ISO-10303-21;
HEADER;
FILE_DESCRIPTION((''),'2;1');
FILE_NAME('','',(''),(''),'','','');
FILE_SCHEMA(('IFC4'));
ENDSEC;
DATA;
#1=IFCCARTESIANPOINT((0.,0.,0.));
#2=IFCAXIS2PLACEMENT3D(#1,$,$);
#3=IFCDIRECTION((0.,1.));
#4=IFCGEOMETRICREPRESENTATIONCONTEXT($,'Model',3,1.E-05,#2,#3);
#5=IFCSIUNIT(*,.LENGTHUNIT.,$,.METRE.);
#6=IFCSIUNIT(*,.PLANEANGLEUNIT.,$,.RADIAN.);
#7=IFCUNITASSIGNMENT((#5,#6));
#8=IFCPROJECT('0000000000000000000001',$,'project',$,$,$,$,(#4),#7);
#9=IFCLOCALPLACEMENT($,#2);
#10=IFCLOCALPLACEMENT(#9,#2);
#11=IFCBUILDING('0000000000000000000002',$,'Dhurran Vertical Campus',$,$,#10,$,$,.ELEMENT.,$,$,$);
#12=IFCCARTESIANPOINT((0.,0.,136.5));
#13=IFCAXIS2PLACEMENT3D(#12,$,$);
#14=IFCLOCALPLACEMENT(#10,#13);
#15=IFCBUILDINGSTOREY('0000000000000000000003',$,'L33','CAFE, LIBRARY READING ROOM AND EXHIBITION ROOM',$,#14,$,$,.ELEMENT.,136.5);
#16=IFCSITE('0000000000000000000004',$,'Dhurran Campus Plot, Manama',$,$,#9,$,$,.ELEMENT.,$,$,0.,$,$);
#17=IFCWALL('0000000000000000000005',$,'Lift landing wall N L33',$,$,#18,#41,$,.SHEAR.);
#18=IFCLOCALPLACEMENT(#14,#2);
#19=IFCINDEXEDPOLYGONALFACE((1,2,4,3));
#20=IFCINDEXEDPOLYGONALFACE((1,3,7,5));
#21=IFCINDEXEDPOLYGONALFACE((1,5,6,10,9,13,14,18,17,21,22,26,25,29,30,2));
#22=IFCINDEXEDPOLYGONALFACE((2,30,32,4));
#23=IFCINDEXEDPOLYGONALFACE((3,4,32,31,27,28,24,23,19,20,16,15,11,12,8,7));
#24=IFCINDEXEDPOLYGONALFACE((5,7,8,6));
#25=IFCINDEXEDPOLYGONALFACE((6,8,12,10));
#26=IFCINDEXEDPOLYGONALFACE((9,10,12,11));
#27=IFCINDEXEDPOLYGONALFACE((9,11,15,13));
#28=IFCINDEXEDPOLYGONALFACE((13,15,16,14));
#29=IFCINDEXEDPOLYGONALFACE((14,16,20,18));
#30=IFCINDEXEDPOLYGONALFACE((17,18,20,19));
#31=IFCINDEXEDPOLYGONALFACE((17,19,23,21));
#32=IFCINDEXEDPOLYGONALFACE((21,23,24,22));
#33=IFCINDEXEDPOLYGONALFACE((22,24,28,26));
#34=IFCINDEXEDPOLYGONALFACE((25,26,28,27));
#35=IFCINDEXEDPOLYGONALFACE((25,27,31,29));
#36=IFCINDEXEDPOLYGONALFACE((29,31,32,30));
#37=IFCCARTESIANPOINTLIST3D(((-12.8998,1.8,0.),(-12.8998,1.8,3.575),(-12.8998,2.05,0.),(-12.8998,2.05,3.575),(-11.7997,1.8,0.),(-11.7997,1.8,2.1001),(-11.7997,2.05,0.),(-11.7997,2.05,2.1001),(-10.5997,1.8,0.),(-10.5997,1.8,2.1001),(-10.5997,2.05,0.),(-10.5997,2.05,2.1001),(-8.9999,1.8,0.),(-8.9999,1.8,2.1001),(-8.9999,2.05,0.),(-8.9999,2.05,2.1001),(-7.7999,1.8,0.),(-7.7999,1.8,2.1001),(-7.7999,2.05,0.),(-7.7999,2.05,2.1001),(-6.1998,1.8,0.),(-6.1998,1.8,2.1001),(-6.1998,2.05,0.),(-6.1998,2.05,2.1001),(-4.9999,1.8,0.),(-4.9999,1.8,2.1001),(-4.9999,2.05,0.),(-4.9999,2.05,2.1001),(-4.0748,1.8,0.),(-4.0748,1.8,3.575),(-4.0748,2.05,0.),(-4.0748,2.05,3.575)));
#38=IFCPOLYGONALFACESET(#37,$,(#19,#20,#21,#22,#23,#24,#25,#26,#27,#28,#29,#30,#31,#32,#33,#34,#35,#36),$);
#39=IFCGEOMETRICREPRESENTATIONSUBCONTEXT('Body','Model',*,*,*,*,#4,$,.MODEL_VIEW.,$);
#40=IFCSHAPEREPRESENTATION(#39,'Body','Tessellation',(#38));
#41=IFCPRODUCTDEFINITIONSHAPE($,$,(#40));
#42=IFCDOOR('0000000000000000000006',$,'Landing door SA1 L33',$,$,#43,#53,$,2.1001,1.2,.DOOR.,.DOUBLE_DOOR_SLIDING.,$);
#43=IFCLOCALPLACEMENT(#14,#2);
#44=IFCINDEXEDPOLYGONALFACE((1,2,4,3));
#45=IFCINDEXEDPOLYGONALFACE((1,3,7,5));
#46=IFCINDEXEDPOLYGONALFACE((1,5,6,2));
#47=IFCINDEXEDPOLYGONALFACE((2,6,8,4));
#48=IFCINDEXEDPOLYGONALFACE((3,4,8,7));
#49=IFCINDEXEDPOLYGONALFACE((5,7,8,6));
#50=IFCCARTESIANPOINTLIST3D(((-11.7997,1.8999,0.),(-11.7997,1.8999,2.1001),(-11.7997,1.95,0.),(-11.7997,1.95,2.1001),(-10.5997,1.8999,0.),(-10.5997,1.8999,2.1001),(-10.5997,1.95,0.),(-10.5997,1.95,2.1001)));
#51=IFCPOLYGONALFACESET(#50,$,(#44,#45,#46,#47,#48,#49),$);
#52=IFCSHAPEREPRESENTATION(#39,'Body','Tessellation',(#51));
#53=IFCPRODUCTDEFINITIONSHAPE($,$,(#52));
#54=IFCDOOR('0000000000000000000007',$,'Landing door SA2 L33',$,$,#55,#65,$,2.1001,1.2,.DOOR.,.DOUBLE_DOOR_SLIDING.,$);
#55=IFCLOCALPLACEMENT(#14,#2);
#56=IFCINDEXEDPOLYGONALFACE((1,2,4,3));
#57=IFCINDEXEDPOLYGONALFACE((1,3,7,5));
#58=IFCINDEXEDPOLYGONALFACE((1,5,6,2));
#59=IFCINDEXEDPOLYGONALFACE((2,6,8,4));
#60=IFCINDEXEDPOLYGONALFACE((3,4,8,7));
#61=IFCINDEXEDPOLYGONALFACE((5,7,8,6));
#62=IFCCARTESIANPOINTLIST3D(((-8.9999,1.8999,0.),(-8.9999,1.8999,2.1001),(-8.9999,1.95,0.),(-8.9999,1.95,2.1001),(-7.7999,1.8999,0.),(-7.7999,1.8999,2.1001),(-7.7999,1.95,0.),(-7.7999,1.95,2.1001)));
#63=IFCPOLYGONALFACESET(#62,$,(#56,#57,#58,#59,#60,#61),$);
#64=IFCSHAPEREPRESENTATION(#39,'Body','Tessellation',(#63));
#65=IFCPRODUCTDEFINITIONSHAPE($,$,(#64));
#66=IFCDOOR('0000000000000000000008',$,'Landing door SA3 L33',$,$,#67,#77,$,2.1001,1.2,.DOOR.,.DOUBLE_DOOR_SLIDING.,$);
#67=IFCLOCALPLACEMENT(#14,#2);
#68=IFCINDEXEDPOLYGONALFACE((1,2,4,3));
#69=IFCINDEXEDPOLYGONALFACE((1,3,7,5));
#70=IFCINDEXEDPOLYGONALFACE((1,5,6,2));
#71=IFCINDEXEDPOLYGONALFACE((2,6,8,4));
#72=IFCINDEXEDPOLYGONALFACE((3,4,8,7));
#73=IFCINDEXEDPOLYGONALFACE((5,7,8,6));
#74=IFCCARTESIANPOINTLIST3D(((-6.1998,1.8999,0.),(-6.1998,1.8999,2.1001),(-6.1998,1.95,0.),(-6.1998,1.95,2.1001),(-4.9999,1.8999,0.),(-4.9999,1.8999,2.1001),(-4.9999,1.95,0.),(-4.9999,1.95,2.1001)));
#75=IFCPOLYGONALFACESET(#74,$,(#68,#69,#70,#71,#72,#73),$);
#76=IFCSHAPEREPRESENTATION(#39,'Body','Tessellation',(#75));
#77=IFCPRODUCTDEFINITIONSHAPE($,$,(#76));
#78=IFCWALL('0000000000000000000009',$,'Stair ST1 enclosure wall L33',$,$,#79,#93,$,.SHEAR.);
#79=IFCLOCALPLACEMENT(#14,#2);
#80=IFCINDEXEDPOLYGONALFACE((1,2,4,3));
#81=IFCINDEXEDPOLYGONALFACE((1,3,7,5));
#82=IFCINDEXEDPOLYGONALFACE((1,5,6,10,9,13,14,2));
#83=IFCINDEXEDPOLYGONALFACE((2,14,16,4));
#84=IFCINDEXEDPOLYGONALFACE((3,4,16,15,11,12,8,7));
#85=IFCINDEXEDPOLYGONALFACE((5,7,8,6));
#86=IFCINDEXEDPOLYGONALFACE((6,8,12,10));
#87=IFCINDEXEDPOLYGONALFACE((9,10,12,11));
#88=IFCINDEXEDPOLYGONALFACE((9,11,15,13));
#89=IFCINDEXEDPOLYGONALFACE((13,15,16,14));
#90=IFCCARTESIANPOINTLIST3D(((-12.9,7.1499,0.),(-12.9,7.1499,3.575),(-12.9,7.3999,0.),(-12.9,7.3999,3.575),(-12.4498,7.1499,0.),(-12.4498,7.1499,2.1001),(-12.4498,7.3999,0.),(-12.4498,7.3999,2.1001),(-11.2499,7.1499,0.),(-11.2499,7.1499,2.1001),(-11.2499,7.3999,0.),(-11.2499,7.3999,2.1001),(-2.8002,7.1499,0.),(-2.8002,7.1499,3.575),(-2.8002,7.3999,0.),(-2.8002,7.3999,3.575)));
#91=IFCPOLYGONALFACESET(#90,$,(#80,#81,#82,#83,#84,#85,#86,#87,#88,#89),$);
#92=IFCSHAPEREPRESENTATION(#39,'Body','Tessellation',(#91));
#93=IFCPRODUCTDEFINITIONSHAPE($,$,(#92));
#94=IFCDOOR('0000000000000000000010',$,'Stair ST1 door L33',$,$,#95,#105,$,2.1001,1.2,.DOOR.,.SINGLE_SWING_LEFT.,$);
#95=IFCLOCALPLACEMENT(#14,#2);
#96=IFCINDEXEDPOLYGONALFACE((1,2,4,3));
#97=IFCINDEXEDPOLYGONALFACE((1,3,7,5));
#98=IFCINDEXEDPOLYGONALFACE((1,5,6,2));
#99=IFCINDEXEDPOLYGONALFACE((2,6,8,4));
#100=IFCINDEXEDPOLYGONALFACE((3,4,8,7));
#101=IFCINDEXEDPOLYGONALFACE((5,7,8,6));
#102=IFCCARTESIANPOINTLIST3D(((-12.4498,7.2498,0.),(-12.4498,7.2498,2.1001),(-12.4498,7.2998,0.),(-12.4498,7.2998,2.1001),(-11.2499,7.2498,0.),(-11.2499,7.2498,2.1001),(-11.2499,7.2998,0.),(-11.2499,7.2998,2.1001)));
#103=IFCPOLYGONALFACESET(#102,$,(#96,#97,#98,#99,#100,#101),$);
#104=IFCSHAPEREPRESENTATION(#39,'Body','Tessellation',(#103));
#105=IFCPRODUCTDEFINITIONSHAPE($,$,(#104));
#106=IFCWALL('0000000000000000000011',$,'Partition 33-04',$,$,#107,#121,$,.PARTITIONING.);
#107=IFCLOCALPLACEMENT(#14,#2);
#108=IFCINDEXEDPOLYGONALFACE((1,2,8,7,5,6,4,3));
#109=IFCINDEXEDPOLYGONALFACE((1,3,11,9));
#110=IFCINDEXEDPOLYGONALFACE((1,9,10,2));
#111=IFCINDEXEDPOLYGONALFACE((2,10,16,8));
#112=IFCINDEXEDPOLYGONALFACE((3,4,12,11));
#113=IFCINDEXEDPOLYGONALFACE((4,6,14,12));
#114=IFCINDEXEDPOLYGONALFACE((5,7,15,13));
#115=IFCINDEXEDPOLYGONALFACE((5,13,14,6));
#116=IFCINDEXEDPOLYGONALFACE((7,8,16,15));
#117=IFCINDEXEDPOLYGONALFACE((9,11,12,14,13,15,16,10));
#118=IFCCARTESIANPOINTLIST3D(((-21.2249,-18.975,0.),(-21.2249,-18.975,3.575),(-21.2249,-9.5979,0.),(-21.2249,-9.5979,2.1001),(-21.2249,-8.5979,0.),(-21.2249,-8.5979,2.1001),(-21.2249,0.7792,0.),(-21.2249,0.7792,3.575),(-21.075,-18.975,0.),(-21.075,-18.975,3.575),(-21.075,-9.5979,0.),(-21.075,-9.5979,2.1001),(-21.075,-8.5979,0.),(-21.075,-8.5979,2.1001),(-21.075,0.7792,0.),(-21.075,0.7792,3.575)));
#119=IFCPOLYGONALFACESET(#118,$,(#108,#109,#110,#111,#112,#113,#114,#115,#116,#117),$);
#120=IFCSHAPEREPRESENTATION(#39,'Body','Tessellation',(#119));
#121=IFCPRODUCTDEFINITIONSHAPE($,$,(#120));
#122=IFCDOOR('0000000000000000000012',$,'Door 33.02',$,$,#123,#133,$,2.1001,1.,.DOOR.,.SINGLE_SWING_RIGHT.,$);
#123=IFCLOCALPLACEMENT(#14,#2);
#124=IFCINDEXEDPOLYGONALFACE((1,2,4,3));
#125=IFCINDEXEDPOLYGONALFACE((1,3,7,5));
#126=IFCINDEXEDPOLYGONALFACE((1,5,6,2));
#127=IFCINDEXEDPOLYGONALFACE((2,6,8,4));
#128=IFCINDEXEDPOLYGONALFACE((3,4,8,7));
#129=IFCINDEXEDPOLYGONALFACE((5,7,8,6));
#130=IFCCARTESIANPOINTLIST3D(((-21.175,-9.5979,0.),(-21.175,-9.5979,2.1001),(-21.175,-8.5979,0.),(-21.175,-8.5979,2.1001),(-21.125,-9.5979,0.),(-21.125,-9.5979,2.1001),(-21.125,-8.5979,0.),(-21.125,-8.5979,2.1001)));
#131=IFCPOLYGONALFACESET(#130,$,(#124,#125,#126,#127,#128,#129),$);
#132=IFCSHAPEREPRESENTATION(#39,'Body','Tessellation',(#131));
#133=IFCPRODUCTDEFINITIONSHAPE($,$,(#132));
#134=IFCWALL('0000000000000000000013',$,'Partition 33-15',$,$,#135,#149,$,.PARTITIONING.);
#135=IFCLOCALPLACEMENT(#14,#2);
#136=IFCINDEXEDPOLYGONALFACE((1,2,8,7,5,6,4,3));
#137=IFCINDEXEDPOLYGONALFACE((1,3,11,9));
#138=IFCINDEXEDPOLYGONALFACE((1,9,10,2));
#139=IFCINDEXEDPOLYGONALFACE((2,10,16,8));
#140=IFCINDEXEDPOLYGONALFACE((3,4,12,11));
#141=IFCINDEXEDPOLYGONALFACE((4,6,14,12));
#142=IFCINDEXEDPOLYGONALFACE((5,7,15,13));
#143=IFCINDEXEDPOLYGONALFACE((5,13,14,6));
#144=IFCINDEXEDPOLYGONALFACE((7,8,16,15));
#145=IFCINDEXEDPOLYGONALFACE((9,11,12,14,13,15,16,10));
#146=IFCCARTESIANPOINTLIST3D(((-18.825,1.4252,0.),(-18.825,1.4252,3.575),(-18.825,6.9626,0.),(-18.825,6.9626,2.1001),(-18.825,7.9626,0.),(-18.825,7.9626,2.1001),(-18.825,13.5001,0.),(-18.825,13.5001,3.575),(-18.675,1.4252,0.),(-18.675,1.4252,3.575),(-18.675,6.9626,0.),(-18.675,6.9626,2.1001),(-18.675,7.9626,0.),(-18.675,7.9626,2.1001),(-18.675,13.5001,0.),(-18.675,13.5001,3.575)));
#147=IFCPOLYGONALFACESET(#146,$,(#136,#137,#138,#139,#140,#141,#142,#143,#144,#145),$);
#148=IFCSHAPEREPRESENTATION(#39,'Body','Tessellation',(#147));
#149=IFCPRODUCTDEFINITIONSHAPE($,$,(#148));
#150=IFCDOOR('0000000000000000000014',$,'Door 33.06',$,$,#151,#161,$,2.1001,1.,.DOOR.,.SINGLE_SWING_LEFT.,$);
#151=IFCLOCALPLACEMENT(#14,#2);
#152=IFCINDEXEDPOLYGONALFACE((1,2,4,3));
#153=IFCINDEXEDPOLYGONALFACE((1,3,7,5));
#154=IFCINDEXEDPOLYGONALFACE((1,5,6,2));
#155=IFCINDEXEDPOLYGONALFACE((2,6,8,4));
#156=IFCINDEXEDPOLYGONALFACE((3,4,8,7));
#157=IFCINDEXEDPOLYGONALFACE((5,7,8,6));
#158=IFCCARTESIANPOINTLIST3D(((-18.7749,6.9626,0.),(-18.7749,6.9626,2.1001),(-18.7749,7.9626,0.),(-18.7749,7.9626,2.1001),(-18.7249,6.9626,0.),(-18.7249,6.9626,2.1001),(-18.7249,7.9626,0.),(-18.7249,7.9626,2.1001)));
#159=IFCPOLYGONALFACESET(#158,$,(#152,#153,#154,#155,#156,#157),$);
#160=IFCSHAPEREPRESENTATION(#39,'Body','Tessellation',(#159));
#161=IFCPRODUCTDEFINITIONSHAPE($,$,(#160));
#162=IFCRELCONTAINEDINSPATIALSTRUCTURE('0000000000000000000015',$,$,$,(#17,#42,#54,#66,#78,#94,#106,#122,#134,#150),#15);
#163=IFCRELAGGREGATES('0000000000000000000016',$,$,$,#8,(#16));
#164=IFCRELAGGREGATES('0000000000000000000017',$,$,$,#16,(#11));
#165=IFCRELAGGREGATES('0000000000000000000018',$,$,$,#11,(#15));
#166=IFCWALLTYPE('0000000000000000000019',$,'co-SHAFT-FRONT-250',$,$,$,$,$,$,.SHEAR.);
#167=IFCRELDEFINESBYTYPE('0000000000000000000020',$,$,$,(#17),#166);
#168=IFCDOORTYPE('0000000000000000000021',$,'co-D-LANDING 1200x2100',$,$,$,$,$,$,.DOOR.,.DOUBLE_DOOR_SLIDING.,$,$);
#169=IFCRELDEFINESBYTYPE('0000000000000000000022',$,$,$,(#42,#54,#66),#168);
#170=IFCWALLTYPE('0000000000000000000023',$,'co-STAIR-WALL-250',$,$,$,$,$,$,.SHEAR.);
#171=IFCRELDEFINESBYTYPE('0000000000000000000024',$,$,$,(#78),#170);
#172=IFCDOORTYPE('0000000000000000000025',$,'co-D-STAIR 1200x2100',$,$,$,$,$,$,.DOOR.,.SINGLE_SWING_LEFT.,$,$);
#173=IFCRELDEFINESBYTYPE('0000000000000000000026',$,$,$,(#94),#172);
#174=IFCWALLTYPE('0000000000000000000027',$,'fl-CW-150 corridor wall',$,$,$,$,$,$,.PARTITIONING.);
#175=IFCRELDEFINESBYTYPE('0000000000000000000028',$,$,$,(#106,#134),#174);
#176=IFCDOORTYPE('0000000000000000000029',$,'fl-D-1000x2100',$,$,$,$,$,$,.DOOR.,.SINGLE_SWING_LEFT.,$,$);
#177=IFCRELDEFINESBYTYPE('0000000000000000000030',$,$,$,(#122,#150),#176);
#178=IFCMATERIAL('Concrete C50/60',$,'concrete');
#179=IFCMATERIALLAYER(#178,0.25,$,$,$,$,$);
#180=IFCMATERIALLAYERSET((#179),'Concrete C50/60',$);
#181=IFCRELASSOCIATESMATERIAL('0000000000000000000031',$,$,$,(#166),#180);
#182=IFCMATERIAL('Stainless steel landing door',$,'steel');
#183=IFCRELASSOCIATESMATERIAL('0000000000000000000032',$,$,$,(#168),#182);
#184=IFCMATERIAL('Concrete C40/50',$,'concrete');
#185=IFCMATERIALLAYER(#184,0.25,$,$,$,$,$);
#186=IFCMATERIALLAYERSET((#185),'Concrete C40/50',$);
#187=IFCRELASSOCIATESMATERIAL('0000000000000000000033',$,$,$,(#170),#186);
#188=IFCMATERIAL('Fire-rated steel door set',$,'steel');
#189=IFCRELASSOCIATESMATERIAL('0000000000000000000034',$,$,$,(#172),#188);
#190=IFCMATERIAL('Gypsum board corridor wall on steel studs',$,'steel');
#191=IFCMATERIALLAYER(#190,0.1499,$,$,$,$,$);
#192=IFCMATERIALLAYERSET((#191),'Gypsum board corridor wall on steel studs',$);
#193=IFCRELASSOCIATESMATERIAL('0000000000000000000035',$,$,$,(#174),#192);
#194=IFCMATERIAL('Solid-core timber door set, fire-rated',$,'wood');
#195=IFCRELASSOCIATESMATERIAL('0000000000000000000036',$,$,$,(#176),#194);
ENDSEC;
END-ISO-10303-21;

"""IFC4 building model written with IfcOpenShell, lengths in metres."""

from ifc_helpers import new_model, si_unit, direction, frame, frame_2d, origin, place, context, subcontext, project, spatial, rectangle, extrude, material, layer, layer_set, type_object, element, fill, save


model = new_model("IFC4")

# Units and contexts
model_context = context("Model", 3, precision=1e-05, world=origin(), true_north=direction((0.0, 1.0)))
body_context = subcontext(model_context, "Body", "Model", "MODEL_VIEW")
ifc_project = project(units=[si_unit("LENGTHUNIT", "METRE"), si_unit("PLANEANGLEUNIT", "RADIAN")], contexts=[model_context])

# Site, building, storey
site_placement = place(None, origin())
site = spatial("IfcSite", under=ifc_project, at=site_placement, Name="Dhurran Campus Plot, Manama", CompositionType="ELEMENT", RefElevation=0.0)
building_placement = place(site_placement, origin())
building = spatial("IfcBuilding", under=site, at=building_placement, Name="Dhurran Vertical Campus", CompositionType="ELEMENT")
storey_placement = place(building_placement, frame((0.0, 0.0, 136.5)))
storey = spatial("IfcBuildingStorey", under=building, at=storey_placement, Name="L33", Description="CAFE, LIBRARY READING ROOM AND EXHIBITION ROOM", CompositionType="ELEMENT", Elevation=136.5)

# Wall, openings, doors
ifc_material_1 = material(Name="Concrete C50/60", Category="concrete")
ifc_layer_1 = layer(ifc_material_1, 0.25)
ifc_layer_set_1 = layer_set([ifc_layer_1], Name="Concrete C50/60")
wall_type_1 = type_object("IfcWallType", Name="co-SHAFT-FRONT-250", PredefinedType="SHEAR", material=ifc_layer_set_1)
wall_1_placement = place(storey_placement, frame((-12.8999, 1.925, 0.0), z_axis=(0.0, 0.0, 1.0), x_axis=(1.0, 0.0, 0.0)))
wall_1 = element("IfcWall", 1, at=wall_1_placement, inside=storey, type_object=wall_type_1, Name="Lift landing wall N L33", PredefinedType="SHEAR", context=body_context, shape_type="SweptSolid", body=[
    extrude(rectangle(XDim=8.825, YDim=0.25, at=frame_2d((4.4126, 0.0))), origin(), (0.0, 0.0, 1.0), 3.575),
])
opening_1_placement = place(wall_1_placement, frame((1.1001, 0.0, 0.0)))
opening_1 = element("IfcOpeningElement", 2, at=opening_1_placement, cuts=wall_1, PredefinedType="OPENING", context=body_context, shape_type="SweptSolid", body=[
    extrude(rectangle(XDim=1.2, YDim=2.1001, at=frame_2d((0.6001, 1.05))), frame((0.0, 0.135, 0.0), z_axis=(0.0, -1.0, 0.0), x_axis=(1.0, 0.0, 0.0)), (0.0, 0.0, 1.0), 0.27),
])
opening_2_placement = place(wall_1_placement, frame((3.8999, 0.0, 0.0)))
opening_2 = element("IfcOpeningElement", 3, at=opening_2_placement, cuts=wall_1, PredefinedType="OPENING", context=body_context, shape_type="SweptSolid", body=[
    extrude(rectangle(XDim=1.2, YDim=2.1001, at=frame_2d((0.6001, 1.05))), frame((0.0, 0.135, 0.0), z_axis=(0.0, -1.0, 0.0), x_axis=(1.0, 0.0, 0.0)), (0.0, 0.0, 1.0), 0.27),
])
opening_3_placement = place(wall_1_placement, frame((6.7, 0.0, 0.0)))
opening_3 = element("IfcOpeningElement", 4, at=opening_3_placement, cuts=wall_1, PredefinedType="OPENING", context=body_context, shape_type="SweptSolid", body=[
    extrude(rectangle(XDim=1.2, YDim=2.1001, at=frame_2d((0.6001, 1.05))), frame((0.0, 0.135, 0.0), z_axis=(0.0, -1.0, 0.0), x_axis=(1.0, 0.0, 0.0)), (0.0, 0.0, 1.0), 0.27),
])
ifc_material_2 = material(Name="Stainless steel landing door", Category="steel")
door_type_1 = type_object("IfcDoorType", Name="co-D-LANDING 1200x2100", OperationType="DOUBLE_DOOR_SLIDING", PredefinedType="DOOR", material=ifc_material_2)
door_1_placement = place(opening_1_placement, origin())
door_1 = element("IfcDoor", 5, at=door_1_placement, inside=storey, type_object=door_type_1, Name="Landing door SA1 L33", OperationType="DOUBLE_DOOR_SLIDING", OverallHeight=2.1001, OverallWidth=1.2, PredefinedType="DOOR", context=body_context, shape_type="SweptSolid", body=[
    extrude(rectangle(XDim=1.2, YDim=2.1001, at=frame_2d((0.6001, 1.05))), frame((0.0, 0.0249, 0.0), z_axis=(0.0, -1.0, 0.0), x_axis=(1.0, 0.0, 0.0)), (0.0, 0.0, 1.0), 0.05),
])
fill(opening_1, door_1)
door_2_placement = place(opening_2_placement, origin())
door_2 = element("IfcDoor", 6, at=door_2_placement, inside=storey, type_object=door_type_1, Name="Landing door SA2 L33", OperationType="DOUBLE_DOOR_SLIDING", OverallHeight=2.1001, OverallWidth=1.2, PredefinedType="DOOR", context=body_context, shape_type="SweptSolid", body=[
    extrude(rectangle(XDim=1.2, YDim=2.1001, at=frame_2d((0.6001, 1.05))), frame((0.0, 0.0249, 0.0), z_axis=(0.0, -1.0, 0.0), x_axis=(1.0, 0.0, 0.0)), (0.0, 0.0, 1.0), 0.05),
])
fill(opening_2, door_2)
door_3_placement = place(opening_3_placement, origin())
door_3 = element("IfcDoor", 7, at=door_3_placement, inside=storey, type_object=door_type_1, Name="Landing door SA3 L33", OperationType="DOUBLE_DOOR_SLIDING", OverallHeight=2.1001, OverallWidth=1.2, PredefinedType="DOOR", context=body_context, shape_type="SweptSolid", body=[
    extrude(rectangle(XDim=1.2, YDim=2.1001, at=frame_2d((0.6001, 1.05))), frame((0.0, 0.0249, 0.0), z_axis=(0.0, -1.0, 0.0), x_axis=(1.0, 0.0, 0.0)), (0.0, 0.0, 1.0), 0.05),
])
fill(opening_3, door_3)

# Walls, openings, doors
ifc_material_3 = material(Name="Concrete C40/50", Category="concrete")
ifc_layer_2 = layer(ifc_material_3, 0.25)
ifc_layer_set_2 = layer_set([ifc_layer_2], Name="Concrete C40/50")
wall_type_2 = type_object("IfcWallType", Name="co-STAIR-WALL-250", PredefinedType="SHEAR", material=ifc_layer_set_2)
wall_2_placement = place(storey_placement, frame((-12.8999, 7.2749, 0.0), z_axis=(0.0, 0.0, 1.0), x_axis=(1.0, 0.0, 0.0)))
wall_2 = element("IfcWall", 8, at=wall_2_placement, inside=storey, type_object=wall_type_2, Name="Stair ST1 enclosure wall L33", PredefinedType="SHEAR", context=body_context, shape_type="SweptSolid", body=[
    extrude(rectangle(XDim=10.0999, YDim=0.25, at=frame_2d((5.0498, 0.0))), origin(), (0.0, 0.0, 1.0), 3.575),
])
opening_4_placement = place(wall_2_placement, frame((0.45, 0.0, 0.0)))
opening_4 = element("IfcOpeningElement", 9, at=opening_4_placement, cuts=wall_2, PredefinedType="OPENING", context=body_context, shape_type="SweptSolid", body=[
    extrude(rectangle(XDim=1.2, YDim=2.1001, at=frame_2d((0.6001, 1.05))), frame((0.0, 0.135, 0.0), z_axis=(0.0, -1.0, 0.0), x_axis=(1.0, 0.0, 0.0)), (0.0, 0.0, 1.0), 0.27),
])
ifc_material_4 = material(Name="Fire-rated steel door set", Category="steel")
door_type_2 = type_object("IfcDoorType", Name="co-D-STAIR 1200x2100", OperationType="SINGLE_SWING_LEFT", PredefinedType="DOOR", material=ifc_material_4)
door_4_placement = place(opening_4_placement, origin())
door_4 = element("IfcDoor", 10, at=door_4_placement, inside=storey, type_object=door_type_2, Name="Stair ST1 door L33", OperationType="SINGLE_SWING_LEFT", OverallHeight=2.1001, OverallWidth=1.2, PredefinedType="DOOR", context=body_context, shape_type="SweptSolid", body=[
    extrude(rectangle(XDim=1.2, YDim=2.1001, at=frame_2d((0.6001, 1.05))), frame((0.0, 0.0249, 0.0), z_axis=(0.0, -1.0, 0.0), x_axis=(1.0, 0.0, 0.0)), (0.0, 0.0, 1.0), 0.05),
])
fill(opening_4, door_4)
ifc_material_5 = material(Name="Gypsum board corridor wall on steel studs", Category="steel")
ifc_layer_3 = layer(ifc_material_5, 0.1499)
ifc_layer_set_3 = layer_set([ifc_layer_3], Name="Gypsum board corridor wall on steel studs")
wall_type_3 = type_object("IfcWallType", Name="fl-CW-150 corridor wall", PredefinedType="PARTITIONING", material=ifc_layer_set_3)
wall_3_placement = place(storey_placement, frame((-21.1499, 0.7791, 0.0), z_axis=(0.0, 0.0, 1.0), x_axis=(0.0, -1.0, 0.0)))
wall_3 = element("IfcWall", 11, at=wall_3_placement, inside=storey, type_object=wall_type_3, Name="Partition 33-04", PredefinedType="PARTITIONING", context=body_context, shape_type="SweptSolid", body=[
    extrude(rectangle(XDim=19.7542, YDim=0.1499, at=frame_2d((9.877, 0.0))), origin(), (0.0, 0.0, 1.0), 3.575),
])
opening_5_placement = place(wall_3_placement, frame((9.377, 0.0, 0.0)))
opening_5 = element("IfcOpeningElement", 12, at=opening_5_placement, cuts=wall_3, PredefinedType="OPENING", context=body_context, shape_type="SweptSolid", body=[
    extrude(rectangle(XDim=1.0, YDim=2.1001, at=frame_2d((0.5, 1.05))), frame((0.0, 0.085, 0.0), z_axis=(0.0, -1.0, 0.0), x_axis=(1.0, 0.0, 0.0)), (0.0, 0.0, 1.0), 0.1699),
])
ifc_material_6 = material(Name="Solid-core timber door set, fire-rated", Category="wood")
door_type_3 = type_object("IfcDoorType", Name="fl-D-1000x2100", OperationType="SINGLE_SWING_LEFT", PredefinedType="DOOR", material=ifc_material_6)
door_5_placement = place(opening_5_placement, origin())
door_5 = element("IfcDoor", 13, at=door_5_placement, inside=storey, type_object=door_type_3, Name="Door 33.02", OperationType="SINGLE_SWING_RIGHT", OverallHeight=2.1001, OverallWidth=1.0, PredefinedType="DOOR", context=body_context, shape_type="SweptSolid", body=[
    extrude(rectangle(XDim=1.0, YDim=2.1001, at=frame_2d((0.5, 1.05))), frame((0.0, 0.0249, 0.0), z_axis=(0.0, -1.0, 0.0), x_axis=(1.0, 0.0, 0.0)), (0.0, 0.0, 1.0), 0.05),
])
fill(opening_5, door_5)
wall_4_placement = place(storey_placement, frame((-18.75, 1.425, 0.0), z_axis=(0.0, 0.0, 1.0), x_axis=(0.0, 1.0, 0.0)))
wall_4 = element("IfcWall", 14, at=wall_4_placement, inside=storey, type_object=wall_type_3, Name="Partition 33-15", PredefinedType="PARTITIONING", context=body_context, shape_type="SweptSolid", body=[
    extrude(rectangle(XDim=12.075, YDim=0.1499, at=frame_2d((6.0376, 0.0))), origin(), (0.0, 0.0, 1.0), 3.575),
])
opening_6_placement = place(wall_4_placement, frame((5.5376, 0.0, 0.0)))
opening_6 = element("IfcOpeningElement", 15, at=opening_6_placement, cuts=wall_4, PredefinedType="OPENING", context=body_context, shape_type="SweptSolid", body=[
    extrude(rectangle(XDim=1.0, YDim=2.1001, at=frame_2d((0.5, 1.05))), frame((0.0, 0.085, 0.0), z_axis=(0.0, -1.0, 0.0), x_axis=(1.0, 0.0, 0.0)), (0.0, 0.0, 1.0), 0.1699),
])
door_6_placement = place(opening_6_placement, origin())
door_6 = element("IfcDoor", 16, at=door_6_placement, inside=storey, type_object=door_type_3, Name="Door 33.06", OperationType="SINGLE_SWING_LEFT", OverallHeight=2.1001, OverallWidth=1.0, PredefinedType="DOOR", context=body_context, shape_type="SweptSolid", body=[
    extrude(rectangle(XDim=1.0, YDim=2.1001, at=frame_2d((0.5, 1.05))), frame((0.0, 0.0249, 0.0), z_axis=(0.0, -1.0, 0.0), x_axis=(1.0, 0.0, 0.0)), (0.0, 0.0, 1.0), 0.05),
])
fill(opening_6, door_6)

save(model, "model.ifc")
